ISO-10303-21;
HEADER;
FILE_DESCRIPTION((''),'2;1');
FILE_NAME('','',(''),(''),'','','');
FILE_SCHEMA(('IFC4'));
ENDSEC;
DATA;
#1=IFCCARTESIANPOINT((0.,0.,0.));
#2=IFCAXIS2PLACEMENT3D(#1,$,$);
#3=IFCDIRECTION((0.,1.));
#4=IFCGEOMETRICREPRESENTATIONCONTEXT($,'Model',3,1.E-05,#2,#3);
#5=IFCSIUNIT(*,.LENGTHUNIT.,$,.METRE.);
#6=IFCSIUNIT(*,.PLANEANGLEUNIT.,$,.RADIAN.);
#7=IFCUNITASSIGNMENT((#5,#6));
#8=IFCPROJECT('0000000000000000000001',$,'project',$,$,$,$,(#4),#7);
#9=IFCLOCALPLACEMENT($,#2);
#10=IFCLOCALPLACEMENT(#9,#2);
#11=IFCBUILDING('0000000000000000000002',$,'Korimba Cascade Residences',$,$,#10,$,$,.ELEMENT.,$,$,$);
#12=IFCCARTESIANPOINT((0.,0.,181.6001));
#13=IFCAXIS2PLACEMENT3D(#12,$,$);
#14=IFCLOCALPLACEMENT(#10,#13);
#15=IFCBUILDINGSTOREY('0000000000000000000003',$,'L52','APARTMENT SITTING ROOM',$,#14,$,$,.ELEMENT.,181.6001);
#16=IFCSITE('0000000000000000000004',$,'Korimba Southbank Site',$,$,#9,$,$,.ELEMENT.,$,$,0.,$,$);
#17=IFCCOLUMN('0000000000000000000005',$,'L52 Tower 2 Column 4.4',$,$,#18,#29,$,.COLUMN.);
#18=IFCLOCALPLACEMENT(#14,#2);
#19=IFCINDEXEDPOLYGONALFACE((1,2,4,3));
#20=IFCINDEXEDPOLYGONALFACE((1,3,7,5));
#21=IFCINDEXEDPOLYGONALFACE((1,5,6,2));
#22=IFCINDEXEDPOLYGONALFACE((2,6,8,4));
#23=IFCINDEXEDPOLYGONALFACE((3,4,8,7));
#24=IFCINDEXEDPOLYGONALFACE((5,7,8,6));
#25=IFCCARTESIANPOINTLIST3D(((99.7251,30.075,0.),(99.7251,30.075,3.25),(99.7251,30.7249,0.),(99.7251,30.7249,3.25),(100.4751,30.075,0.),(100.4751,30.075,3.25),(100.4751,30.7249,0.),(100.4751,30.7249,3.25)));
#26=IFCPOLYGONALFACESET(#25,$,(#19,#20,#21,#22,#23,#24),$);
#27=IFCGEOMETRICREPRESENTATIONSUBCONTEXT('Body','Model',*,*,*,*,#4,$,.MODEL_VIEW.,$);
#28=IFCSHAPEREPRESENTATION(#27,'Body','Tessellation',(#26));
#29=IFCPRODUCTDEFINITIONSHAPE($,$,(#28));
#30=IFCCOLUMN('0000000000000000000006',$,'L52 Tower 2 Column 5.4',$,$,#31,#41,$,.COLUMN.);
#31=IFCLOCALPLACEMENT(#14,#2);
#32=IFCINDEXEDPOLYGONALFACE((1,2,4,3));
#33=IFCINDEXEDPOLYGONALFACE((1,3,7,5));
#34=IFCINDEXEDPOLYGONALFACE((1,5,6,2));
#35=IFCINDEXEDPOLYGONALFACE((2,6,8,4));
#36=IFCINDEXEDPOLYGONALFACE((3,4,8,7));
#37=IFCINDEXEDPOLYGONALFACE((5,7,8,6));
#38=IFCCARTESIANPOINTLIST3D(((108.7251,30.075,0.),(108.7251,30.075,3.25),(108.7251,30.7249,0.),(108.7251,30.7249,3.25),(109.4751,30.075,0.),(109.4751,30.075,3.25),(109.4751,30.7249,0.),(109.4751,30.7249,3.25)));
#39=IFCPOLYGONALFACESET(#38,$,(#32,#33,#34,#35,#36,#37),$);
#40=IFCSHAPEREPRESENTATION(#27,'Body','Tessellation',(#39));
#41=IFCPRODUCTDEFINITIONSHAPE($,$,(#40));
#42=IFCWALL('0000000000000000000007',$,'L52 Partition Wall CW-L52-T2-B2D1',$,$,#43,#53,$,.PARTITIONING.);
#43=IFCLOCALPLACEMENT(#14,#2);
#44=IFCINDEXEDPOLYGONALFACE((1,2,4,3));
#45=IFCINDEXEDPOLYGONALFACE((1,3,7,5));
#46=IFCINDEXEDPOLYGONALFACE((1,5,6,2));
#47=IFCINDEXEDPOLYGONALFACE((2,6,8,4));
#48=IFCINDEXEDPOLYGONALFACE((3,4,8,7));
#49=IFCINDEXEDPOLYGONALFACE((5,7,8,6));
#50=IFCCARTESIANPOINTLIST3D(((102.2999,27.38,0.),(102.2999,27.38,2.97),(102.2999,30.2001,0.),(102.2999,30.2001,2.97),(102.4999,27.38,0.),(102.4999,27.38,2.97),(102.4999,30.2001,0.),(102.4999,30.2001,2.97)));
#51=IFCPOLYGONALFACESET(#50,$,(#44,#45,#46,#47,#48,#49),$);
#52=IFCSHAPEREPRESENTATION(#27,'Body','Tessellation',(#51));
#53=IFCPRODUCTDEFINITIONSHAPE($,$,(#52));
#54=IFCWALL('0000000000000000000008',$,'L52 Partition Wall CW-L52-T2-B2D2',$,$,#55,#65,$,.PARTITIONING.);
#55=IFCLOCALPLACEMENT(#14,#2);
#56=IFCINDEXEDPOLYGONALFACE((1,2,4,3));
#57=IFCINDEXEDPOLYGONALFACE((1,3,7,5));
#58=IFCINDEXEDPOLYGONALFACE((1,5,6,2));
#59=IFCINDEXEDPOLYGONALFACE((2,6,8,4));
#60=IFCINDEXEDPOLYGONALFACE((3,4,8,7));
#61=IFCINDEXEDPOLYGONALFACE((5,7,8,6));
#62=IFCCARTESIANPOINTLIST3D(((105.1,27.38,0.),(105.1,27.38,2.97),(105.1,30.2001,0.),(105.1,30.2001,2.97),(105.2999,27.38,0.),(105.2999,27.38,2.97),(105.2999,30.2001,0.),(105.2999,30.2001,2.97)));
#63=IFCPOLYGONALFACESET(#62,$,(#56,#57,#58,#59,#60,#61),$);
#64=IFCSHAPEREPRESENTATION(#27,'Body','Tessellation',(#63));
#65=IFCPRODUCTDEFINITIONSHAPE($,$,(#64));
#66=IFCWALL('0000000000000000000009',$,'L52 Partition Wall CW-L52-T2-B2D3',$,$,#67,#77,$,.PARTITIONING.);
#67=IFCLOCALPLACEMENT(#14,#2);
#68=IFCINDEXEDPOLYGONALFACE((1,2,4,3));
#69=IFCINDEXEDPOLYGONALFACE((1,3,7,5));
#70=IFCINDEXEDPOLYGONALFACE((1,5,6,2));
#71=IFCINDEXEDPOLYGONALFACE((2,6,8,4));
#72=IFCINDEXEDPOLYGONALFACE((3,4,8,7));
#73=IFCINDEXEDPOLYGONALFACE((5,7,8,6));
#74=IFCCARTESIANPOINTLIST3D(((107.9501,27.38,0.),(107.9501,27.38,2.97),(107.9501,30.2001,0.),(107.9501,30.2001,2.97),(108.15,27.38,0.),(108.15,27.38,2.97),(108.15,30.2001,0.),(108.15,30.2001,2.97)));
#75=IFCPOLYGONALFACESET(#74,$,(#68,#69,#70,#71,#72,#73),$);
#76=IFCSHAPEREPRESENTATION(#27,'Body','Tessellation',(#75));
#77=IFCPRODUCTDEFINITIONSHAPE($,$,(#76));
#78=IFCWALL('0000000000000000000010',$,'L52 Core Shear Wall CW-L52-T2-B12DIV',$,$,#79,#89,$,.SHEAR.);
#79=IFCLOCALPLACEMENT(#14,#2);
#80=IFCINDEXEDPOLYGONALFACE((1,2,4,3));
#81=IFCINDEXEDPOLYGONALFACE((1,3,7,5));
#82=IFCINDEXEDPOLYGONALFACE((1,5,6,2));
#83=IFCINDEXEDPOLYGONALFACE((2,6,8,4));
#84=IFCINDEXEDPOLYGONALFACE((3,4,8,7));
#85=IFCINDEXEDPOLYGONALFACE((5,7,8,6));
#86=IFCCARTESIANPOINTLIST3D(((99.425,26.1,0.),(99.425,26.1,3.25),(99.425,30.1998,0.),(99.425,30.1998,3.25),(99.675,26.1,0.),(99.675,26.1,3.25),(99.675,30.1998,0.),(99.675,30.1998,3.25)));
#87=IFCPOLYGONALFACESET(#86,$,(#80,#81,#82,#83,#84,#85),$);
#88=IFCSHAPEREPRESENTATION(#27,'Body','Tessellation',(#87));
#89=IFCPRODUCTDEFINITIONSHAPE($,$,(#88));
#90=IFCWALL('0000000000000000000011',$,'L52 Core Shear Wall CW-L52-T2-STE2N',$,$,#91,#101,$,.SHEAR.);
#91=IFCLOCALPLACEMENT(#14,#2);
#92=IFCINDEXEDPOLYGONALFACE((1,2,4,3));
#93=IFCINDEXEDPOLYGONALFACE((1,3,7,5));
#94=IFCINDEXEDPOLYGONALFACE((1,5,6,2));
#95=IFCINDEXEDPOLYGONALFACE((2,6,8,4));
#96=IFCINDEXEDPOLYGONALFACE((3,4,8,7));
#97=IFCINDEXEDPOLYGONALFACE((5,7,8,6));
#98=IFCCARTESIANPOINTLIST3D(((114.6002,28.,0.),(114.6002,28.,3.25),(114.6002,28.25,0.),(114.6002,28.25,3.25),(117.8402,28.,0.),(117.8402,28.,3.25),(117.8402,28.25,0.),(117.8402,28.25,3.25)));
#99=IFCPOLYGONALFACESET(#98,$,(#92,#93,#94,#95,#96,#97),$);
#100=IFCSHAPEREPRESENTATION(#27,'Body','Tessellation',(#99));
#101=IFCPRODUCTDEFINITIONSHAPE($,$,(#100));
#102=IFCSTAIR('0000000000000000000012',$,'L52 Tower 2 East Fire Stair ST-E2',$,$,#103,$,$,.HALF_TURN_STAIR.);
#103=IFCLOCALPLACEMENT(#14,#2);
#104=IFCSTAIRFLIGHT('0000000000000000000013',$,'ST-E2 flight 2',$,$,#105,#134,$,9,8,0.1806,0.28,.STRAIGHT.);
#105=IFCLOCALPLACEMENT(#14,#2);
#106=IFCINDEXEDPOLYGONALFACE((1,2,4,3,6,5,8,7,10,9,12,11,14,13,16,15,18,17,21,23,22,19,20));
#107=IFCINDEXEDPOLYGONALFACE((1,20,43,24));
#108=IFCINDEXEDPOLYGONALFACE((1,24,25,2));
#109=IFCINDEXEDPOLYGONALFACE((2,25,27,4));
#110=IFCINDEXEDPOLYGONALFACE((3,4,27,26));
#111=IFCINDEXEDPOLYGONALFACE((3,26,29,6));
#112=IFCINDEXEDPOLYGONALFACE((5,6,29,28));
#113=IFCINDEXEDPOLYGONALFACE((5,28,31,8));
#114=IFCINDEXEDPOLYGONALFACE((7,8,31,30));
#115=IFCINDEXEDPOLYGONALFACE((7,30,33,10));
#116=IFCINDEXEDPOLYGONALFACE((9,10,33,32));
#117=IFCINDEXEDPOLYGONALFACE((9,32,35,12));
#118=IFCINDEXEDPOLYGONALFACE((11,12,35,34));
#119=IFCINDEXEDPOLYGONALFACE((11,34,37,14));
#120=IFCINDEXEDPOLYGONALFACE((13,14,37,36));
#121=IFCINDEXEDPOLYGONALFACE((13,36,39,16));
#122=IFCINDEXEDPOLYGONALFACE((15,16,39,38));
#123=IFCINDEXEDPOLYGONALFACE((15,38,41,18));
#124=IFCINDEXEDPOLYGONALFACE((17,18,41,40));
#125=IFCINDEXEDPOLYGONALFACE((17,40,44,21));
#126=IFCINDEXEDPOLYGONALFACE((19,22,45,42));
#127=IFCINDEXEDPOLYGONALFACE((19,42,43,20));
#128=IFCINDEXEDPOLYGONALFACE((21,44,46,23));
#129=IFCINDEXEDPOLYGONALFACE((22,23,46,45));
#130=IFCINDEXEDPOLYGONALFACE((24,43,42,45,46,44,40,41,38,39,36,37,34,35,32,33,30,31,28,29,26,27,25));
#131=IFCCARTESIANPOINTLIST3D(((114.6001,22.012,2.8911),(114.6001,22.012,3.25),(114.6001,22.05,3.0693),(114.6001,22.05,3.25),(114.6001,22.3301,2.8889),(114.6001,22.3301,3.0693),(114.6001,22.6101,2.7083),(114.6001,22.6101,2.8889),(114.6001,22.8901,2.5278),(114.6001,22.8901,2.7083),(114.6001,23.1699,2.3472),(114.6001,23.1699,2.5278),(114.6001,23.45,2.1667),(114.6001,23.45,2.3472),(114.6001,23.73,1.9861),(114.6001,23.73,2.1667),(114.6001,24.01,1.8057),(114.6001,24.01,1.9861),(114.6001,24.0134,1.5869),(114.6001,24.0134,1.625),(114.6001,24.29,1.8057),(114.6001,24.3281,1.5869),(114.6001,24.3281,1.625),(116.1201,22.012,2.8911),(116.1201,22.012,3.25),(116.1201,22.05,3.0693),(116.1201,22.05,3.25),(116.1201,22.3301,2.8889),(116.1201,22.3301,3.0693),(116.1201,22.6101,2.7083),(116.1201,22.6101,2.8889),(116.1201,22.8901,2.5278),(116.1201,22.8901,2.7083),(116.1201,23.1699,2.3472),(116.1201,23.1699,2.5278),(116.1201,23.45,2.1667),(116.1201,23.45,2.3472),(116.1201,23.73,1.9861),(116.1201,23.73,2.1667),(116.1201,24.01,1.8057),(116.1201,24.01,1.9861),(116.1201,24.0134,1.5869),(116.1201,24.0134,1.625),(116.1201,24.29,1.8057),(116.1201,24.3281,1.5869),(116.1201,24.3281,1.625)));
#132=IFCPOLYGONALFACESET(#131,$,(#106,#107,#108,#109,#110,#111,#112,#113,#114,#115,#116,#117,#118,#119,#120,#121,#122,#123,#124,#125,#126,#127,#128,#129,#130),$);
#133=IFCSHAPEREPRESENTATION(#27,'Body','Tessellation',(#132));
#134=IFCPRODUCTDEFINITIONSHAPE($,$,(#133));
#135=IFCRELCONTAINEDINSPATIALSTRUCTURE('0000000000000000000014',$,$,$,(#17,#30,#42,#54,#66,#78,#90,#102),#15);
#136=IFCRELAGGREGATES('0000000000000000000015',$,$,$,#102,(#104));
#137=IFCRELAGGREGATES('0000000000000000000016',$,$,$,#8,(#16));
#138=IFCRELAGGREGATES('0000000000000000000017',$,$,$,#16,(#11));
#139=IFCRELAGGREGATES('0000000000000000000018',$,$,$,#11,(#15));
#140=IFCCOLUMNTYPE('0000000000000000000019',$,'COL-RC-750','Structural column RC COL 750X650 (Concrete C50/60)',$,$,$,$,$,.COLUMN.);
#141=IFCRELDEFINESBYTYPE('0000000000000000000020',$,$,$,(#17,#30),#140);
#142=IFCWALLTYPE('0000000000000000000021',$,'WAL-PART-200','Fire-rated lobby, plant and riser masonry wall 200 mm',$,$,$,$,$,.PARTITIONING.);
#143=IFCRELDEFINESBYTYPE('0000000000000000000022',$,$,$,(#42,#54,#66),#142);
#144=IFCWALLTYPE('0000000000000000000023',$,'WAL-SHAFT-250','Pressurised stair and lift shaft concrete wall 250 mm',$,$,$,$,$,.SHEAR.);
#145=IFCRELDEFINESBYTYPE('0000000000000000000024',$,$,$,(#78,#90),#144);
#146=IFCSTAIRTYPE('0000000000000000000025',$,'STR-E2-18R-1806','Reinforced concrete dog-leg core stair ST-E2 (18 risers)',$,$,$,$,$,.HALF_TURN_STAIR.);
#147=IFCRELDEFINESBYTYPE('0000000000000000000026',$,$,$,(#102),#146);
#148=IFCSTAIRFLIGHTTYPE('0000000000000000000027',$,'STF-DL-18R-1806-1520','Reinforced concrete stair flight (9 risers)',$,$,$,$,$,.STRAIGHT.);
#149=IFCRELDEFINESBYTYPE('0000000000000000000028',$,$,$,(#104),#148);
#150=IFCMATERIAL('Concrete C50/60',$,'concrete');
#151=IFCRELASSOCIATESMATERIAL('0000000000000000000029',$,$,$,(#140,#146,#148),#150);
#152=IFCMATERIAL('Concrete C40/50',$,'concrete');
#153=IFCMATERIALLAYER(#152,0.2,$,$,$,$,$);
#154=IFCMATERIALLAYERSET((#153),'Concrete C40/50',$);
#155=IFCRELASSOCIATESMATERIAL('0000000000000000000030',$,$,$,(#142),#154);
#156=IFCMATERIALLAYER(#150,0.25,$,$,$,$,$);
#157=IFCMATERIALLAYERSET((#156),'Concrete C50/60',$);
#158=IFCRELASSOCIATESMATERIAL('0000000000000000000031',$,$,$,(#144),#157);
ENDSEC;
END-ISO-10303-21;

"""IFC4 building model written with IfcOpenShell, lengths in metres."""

from ifc_helpers import new_model, si_unit, direction, frame, frame_2d, origin, origin_2d, place, context, subcontext, project, spatial, polyline, rectangle, outline, extrude, material, layer, layer_set, material_profile, profile_set, type_object, element, aggregate, save


model = new_model("IFC4")

# Units and contexts
model_context = context("Model", 3, precision=1e-05, world=origin(), true_north=direction((0.0, 1.0)))
body_context = subcontext(model_context, "Body", "Model", "MODEL_VIEW")
ifc_project = project(units=[si_unit("LENGTHUNIT", "METRE"), si_unit("PLANEANGLEUNIT", "RADIAN")], contexts=[model_context])

# Site, building, storey
site_placement = place(None, origin())
site = spatial("IfcSite", under=ifc_project, at=site_placement, Name="Korimba Southbank Site", CompositionType="ELEMENT", RefElevation=0.0)
building_placement = place(site_placement, origin())
building = spatial("IfcBuilding", under=site, at=building_placement, Name="Korimba Cascade Residences", CompositionType="ELEMENT")
storey_placement = place(building_placement, frame((0.0, 0.0, 181.6001)))
storey = spatial("IfcBuildingStorey", under=building, at=storey_placement, Name="L52", Description="APARTMENT SITTING ROOM", CompositionType="ELEMENT", Elevation=181.6001)

# Columns
ifc_material_1 = material(Name="Concrete C50/60", Category="concrete")
ifc_material_profile = material_profile(ifc_material_1, rectangle(XDim=0.75, YDim=0.6499, at=origin_2d()), Name="Concrete C50/60")
ifc_profile_set = profile_set([ifc_material_profile], Name="Concrete C50/60")
column_type = type_object("IfcColumnType", Name="COL-RC-750", Description="Structural column RC COL 750X650 (Concrete C50/60)", PredefinedType="COLUMN", material=ifc_profile_set)
for number, where, z_axis, x_axis, name in (
    (1, (100.1001, 30.3999, 0.0), (0.0, 0.0, 1.0), (1.0, 0.0, 0.0), "L52 Tower 2 Column 4.4"),
    (2, (109.1001, 30.3999, 0.0), (0.0, 0.0, 1.0), (1.0, 0.0, 0.0), "L52 Tower 2 Column 5.4"),
):
    element("IfcColumn", number, at=place(storey_placement, frame(where, z_axis=z_axis, x_axis=x_axis)), inside=storey, type_object=column_type, Name=name, PredefinedType="COLUMN", context=body_context, shape_type="SweptSolid", body=[
        extrude(rectangle(XDim=0.75, YDim=0.6499, at=origin_2d()), origin(), (0.0, 0.0, 1.0), 3.25),
    ])

# Walls
ifc_material_2 = material(Name="Concrete C40/50", Category="concrete")
ifc_layer_1 = layer(ifc_material_2, 0.2)
ifc_layer_set_1 = layer_set([ifc_layer_1], Name="Concrete C40/50")
wall_type_1 = type_object("IfcWallType", Name="WAL-PART-200", Description="Fire-rated lobby, plant and riser masonry wall 200 mm", PredefinedType="PARTITIONING", material=ifc_layer_set_1)
for number, where, z_axis, x_axis, name in (
    (3, (102.3999, 27.3799, 0.0), (0.0, 0.0, 1.0), (0.0, 1.0, 0.0), "L52 Partition Wall CW-L52-T2-B2D1"),
    (4, (105.2, 27.3799, 0.0), (0.0, 0.0, 1.0), (0.0, 1.0, 0.0), "L52 Partition Wall CW-L52-T2-B2D2"),
    (5, (108.05, 27.3799, 0.0), (0.0, 0.0, 1.0), (0.0, 1.0, 0.0), "L52 Partition Wall CW-L52-T2-B2D3"),
):
    element("IfcWall", number, at=place(storey_placement, frame(where, z_axis=z_axis, x_axis=x_axis)), inside=storey, type_object=wall_type_1, Name=name, PredefinedType="PARTITIONING", context=body_context, shape_type="SweptSolid", body=[
        extrude(rectangle(XDim=2.8201, YDim=0.2, at=frame_2d((1.4102, 0.0))), origin(), (0.0, 0.0, 1.0), 2.97),
    ])
ifc_layer_2 = layer(ifc_material_1, 0.25)
ifc_layer_set_2 = layer_set([ifc_layer_2], Name="Concrete C50/60")
wall_type_2 = type_object("IfcWallType", Name="WAL-SHAFT-250", Description="Pressurised stair and lift shaft concrete wall 250 mm", PredefinedType="SHEAR", material=ifc_layer_set_2)
wall_1_placement = place(storey_placement, frame((99.55, 26.1001, 0.0), z_axis=(0.0, 0.0, 1.0), x_axis=(0.0, 1.0, 0.0)))
element("IfcWall", 6, at=wall_1_placement, inside=storey, type_object=wall_type_2, Name="L52 Core Shear Wall CW-L52-T2-B12DIV", PredefinedType="SHEAR", context=body_context, shape_type="SweptSolid", body=[
    extrude(rectangle(XDim=4.0999, YDim=0.25, at=frame_2d((2.0498, 0.0))), origin(), (0.0, 0.0, 1.0), 3.25),
])

# Wall
wall_2_placement = place(storey_placement, frame((114.6001, 28.125, 0.0), z_axis=(0.0, 0.0, 1.0), x_axis=(1.0, 0.0, 0.0)))
element("IfcWall", 7, at=wall_2_placement, inside=storey, type_object=wall_type_2, Name="L52 Core Shear Wall CW-L52-T2-STE2N", PredefinedType="SHEAR", context=body_context, shape_type="SweptSolid", body=[
    extrude(rectangle(XDim=3.24, YDim=0.25, at=frame_2d((1.6201, 0.0))), origin(), (0.0, 0.0, 1.0), 3.25),
])

# Stair, stair flight
stair_type = type_object("IfcStairType", Name="STR-E2-18R-1806", Description="Reinforced concrete dog-leg core stair ST-E2 (18 risers)", PredefinedType="HALF_TURN_STAIR", material=ifc_material_1)
stair_placement = place(storey_placement, origin())
stair = element("IfcStair", 8, at=stair_placement, inside=storey, type_object=stair_type, Name="L52 Tower 2 East Fire Stair ST-E2", PredefinedType="HALF_TURN_STAIR")
stair_flight_type = type_object("IfcStairFlightType", Name="STF-DL-18R-1806-1520", Description="Reinforced concrete stair flight (9 risers)", PredefinedType="STRAIGHT", material=ifc_material_1)
stair_flight_placement = place(storey_placement, frame((115.3601, 24.29, 1.625), z_axis=(0.0, 0.0, 1.0), x_axis=(0.0, -1.0, 0.0)))
stair_flight = element("IfcStairFlight", 9, at=stair_flight_placement, type_object=stair_flight_type, Name="ST-E2 flight 2", NumberOfRisers=9, NumberOfTreads=8, PredefinedType="STRAIGHT", RiserHeight=0.1806, TreadLength=0.28, context=body_context, shape_type="SweptSolid", body=[
    extrude(outline(polyline([(-0.0381, 0.0), (0.0, 0.1807), (0.28, 0.1807), (0.28, 0.3611), (0.5601, 0.3611), (0.5601, 0.5417), (0.8401, 0.5417), (0.8401, 0.7222), (1.1201, 0.7222), (1.1201, 0.9028), (1.3999, 0.9028), (1.3999, 1.0833), (1.6799, 1.0833), (1.6799, 1.2639), (1.96, 1.2639), (1.96, 1.4443), (2.24, 1.4443), (2.24, 1.625), (2.2781, 1.625), (2.2781, 1.2661), (0.2766, 0.0), (0.2766, -0.0381), (-0.0381, -0.0381), (-0.0381, 0.0)])), frame((0.0, 0.76, 0.0), z_axis=(0.0, -1.0, 0.0), x_axis=(1.0, 0.0, 0.0)), (0.0, 0.0, 1.0), 1.52),
])
aggregate(stair, [stair_flight])

save(model, "model.ifc")
